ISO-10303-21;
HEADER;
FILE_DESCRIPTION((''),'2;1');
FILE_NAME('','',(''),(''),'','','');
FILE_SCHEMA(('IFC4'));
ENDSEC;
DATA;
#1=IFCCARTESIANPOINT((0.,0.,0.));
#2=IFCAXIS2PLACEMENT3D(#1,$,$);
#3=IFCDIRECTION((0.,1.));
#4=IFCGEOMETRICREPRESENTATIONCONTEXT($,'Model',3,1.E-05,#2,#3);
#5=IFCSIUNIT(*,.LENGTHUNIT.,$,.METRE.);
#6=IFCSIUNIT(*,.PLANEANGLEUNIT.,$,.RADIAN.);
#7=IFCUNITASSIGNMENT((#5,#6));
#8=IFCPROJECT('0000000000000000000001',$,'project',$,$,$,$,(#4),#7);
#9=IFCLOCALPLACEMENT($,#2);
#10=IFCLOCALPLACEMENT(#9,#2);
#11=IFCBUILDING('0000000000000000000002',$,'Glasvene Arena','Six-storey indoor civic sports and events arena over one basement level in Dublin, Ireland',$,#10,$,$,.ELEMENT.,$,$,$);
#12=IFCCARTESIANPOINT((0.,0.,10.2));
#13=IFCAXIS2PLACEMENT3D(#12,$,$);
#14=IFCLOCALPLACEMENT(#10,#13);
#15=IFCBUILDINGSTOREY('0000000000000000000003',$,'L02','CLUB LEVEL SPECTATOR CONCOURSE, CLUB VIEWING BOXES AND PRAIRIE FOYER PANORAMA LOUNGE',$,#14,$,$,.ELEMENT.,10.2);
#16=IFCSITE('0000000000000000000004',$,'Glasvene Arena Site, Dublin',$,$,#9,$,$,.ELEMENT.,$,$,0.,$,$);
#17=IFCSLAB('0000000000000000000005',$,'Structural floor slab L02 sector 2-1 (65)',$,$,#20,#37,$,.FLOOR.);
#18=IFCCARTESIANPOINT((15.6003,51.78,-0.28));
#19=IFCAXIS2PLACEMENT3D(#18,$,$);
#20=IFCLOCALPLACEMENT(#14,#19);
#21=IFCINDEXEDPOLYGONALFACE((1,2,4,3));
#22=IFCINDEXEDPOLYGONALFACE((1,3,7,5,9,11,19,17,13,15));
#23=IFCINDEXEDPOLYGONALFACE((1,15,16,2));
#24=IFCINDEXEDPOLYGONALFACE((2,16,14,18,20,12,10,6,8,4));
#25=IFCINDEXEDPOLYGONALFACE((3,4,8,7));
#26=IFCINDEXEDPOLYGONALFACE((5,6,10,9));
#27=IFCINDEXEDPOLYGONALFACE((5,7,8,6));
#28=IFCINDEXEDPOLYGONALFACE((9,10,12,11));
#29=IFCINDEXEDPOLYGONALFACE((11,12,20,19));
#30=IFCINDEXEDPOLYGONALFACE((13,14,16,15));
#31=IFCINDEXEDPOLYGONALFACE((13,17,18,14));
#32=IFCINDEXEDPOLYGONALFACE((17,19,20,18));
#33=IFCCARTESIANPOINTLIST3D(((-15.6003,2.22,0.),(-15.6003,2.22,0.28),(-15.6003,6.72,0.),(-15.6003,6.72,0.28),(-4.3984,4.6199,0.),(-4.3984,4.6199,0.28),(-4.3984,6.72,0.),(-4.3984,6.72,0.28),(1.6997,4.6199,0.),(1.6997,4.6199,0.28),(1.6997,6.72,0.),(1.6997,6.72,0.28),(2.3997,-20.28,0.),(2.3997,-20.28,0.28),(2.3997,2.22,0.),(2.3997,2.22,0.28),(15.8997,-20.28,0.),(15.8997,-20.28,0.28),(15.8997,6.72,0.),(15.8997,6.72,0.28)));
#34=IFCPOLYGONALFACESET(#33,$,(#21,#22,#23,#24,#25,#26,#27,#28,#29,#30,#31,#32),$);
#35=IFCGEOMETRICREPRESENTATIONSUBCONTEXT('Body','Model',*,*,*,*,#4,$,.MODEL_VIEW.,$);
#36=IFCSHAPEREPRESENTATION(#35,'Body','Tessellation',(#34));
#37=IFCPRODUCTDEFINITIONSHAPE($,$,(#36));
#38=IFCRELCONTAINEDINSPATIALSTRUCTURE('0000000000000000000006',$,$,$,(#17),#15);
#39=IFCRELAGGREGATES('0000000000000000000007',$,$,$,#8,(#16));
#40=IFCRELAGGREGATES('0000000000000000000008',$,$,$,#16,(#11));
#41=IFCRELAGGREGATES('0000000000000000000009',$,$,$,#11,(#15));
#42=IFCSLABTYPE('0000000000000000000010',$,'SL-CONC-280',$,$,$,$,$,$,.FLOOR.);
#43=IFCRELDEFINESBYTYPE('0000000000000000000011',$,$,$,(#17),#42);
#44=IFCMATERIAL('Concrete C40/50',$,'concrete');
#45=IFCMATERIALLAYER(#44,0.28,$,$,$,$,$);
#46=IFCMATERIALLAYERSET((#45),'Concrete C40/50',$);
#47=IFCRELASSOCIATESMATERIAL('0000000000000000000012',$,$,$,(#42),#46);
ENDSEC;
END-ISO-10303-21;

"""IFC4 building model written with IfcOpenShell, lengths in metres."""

from ifc_helpers import new_model, si_unit, direction, frame, origin, place, context, subcontext, project, spatial, polyline, outline, extrude, material, layer, layer_set, type_object, element, save


model = new_model("IFC4")

# Units and contexts
model_context = context("Model", 3, precision=1e-05, world=origin(), true_north=direction((0.0, 1.0)))
body_context = subcontext(model_context, "Body", "Model", "MODEL_VIEW")
ifc_project = project(units=[si_unit("LENGTHUNIT", "METRE"), si_unit("PLANEANGLEUNIT", "RADIAN")], contexts=[model_context])

# Site, building, storey
site_placement = place(None, origin())
site = spatial("IfcSite", under=ifc_project, at=site_placement, Name="Glasvene Arena Site, Dublin", CompositionType="ELEMENT", RefElevation=0.0)
building_placement = place(site_placement, origin())
building = spatial("IfcBuilding", under=site, at=building_placement, Name="Glasvene Arena", Description="Six-storey indoor civic sports and events arena over one basement level in Dublin, Ireland", CompositionType="ELEMENT")
storey_placement = place(building_placement, frame((0.0, 0.0, 10.2)))
storey = spatial("IfcBuildingStorey", under=building, at=storey_placement, Name="L02", Description="CLUB LEVEL SPECTATOR CONCOURSE, CLUB VIEWING BOXES AND PRAIRIE FOYER PANORAMA LOUNGE", CompositionType="ELEMENT", Elevation=10.2)

# Slab
ifc_material_1 = material(Name="Concrete C40/50", Category="concrete")
ifc_layer_1 = layer(ifc_material_1, 0.28)
ifc_layer_set_1 = layer_set([ifc_layer_1], Name="Concrete C40/50")
slab_type_1 = type_object("IfcSlabType", Name="SL-CONC-280", PredefinedType="FLOOR", material=ifc_layer_set_1)
slab_1_placement = place(storey_placement, frame((15.6003, 51.78, -0.28)))
element("IfcSlab", 1, at=slab_1_placement, inside=storey, type_object=slab_type_1, Name="Structural floor slab L02 sector 2-1 (65)", PredefinedType="FLOOR", context=body_context, shape_type="SweptSolid", body=[
    extrude(outline(polyline([(-4.3984, 6.72), (-4.3984, 4.6199), (1.6997, 4.6199), (1.6997, 6.72), (15.8997, 6.72), (15.8997, -20.28), (2.3997, -20.28), (2.3997, 2.22), (-15.6003, 2.22), (-15.6003, 6.72), (-4.3984, 6.72)])), origin(), (0.0, 0.0, 1.0), 0.28),
])

save(model, "model.ifc")
